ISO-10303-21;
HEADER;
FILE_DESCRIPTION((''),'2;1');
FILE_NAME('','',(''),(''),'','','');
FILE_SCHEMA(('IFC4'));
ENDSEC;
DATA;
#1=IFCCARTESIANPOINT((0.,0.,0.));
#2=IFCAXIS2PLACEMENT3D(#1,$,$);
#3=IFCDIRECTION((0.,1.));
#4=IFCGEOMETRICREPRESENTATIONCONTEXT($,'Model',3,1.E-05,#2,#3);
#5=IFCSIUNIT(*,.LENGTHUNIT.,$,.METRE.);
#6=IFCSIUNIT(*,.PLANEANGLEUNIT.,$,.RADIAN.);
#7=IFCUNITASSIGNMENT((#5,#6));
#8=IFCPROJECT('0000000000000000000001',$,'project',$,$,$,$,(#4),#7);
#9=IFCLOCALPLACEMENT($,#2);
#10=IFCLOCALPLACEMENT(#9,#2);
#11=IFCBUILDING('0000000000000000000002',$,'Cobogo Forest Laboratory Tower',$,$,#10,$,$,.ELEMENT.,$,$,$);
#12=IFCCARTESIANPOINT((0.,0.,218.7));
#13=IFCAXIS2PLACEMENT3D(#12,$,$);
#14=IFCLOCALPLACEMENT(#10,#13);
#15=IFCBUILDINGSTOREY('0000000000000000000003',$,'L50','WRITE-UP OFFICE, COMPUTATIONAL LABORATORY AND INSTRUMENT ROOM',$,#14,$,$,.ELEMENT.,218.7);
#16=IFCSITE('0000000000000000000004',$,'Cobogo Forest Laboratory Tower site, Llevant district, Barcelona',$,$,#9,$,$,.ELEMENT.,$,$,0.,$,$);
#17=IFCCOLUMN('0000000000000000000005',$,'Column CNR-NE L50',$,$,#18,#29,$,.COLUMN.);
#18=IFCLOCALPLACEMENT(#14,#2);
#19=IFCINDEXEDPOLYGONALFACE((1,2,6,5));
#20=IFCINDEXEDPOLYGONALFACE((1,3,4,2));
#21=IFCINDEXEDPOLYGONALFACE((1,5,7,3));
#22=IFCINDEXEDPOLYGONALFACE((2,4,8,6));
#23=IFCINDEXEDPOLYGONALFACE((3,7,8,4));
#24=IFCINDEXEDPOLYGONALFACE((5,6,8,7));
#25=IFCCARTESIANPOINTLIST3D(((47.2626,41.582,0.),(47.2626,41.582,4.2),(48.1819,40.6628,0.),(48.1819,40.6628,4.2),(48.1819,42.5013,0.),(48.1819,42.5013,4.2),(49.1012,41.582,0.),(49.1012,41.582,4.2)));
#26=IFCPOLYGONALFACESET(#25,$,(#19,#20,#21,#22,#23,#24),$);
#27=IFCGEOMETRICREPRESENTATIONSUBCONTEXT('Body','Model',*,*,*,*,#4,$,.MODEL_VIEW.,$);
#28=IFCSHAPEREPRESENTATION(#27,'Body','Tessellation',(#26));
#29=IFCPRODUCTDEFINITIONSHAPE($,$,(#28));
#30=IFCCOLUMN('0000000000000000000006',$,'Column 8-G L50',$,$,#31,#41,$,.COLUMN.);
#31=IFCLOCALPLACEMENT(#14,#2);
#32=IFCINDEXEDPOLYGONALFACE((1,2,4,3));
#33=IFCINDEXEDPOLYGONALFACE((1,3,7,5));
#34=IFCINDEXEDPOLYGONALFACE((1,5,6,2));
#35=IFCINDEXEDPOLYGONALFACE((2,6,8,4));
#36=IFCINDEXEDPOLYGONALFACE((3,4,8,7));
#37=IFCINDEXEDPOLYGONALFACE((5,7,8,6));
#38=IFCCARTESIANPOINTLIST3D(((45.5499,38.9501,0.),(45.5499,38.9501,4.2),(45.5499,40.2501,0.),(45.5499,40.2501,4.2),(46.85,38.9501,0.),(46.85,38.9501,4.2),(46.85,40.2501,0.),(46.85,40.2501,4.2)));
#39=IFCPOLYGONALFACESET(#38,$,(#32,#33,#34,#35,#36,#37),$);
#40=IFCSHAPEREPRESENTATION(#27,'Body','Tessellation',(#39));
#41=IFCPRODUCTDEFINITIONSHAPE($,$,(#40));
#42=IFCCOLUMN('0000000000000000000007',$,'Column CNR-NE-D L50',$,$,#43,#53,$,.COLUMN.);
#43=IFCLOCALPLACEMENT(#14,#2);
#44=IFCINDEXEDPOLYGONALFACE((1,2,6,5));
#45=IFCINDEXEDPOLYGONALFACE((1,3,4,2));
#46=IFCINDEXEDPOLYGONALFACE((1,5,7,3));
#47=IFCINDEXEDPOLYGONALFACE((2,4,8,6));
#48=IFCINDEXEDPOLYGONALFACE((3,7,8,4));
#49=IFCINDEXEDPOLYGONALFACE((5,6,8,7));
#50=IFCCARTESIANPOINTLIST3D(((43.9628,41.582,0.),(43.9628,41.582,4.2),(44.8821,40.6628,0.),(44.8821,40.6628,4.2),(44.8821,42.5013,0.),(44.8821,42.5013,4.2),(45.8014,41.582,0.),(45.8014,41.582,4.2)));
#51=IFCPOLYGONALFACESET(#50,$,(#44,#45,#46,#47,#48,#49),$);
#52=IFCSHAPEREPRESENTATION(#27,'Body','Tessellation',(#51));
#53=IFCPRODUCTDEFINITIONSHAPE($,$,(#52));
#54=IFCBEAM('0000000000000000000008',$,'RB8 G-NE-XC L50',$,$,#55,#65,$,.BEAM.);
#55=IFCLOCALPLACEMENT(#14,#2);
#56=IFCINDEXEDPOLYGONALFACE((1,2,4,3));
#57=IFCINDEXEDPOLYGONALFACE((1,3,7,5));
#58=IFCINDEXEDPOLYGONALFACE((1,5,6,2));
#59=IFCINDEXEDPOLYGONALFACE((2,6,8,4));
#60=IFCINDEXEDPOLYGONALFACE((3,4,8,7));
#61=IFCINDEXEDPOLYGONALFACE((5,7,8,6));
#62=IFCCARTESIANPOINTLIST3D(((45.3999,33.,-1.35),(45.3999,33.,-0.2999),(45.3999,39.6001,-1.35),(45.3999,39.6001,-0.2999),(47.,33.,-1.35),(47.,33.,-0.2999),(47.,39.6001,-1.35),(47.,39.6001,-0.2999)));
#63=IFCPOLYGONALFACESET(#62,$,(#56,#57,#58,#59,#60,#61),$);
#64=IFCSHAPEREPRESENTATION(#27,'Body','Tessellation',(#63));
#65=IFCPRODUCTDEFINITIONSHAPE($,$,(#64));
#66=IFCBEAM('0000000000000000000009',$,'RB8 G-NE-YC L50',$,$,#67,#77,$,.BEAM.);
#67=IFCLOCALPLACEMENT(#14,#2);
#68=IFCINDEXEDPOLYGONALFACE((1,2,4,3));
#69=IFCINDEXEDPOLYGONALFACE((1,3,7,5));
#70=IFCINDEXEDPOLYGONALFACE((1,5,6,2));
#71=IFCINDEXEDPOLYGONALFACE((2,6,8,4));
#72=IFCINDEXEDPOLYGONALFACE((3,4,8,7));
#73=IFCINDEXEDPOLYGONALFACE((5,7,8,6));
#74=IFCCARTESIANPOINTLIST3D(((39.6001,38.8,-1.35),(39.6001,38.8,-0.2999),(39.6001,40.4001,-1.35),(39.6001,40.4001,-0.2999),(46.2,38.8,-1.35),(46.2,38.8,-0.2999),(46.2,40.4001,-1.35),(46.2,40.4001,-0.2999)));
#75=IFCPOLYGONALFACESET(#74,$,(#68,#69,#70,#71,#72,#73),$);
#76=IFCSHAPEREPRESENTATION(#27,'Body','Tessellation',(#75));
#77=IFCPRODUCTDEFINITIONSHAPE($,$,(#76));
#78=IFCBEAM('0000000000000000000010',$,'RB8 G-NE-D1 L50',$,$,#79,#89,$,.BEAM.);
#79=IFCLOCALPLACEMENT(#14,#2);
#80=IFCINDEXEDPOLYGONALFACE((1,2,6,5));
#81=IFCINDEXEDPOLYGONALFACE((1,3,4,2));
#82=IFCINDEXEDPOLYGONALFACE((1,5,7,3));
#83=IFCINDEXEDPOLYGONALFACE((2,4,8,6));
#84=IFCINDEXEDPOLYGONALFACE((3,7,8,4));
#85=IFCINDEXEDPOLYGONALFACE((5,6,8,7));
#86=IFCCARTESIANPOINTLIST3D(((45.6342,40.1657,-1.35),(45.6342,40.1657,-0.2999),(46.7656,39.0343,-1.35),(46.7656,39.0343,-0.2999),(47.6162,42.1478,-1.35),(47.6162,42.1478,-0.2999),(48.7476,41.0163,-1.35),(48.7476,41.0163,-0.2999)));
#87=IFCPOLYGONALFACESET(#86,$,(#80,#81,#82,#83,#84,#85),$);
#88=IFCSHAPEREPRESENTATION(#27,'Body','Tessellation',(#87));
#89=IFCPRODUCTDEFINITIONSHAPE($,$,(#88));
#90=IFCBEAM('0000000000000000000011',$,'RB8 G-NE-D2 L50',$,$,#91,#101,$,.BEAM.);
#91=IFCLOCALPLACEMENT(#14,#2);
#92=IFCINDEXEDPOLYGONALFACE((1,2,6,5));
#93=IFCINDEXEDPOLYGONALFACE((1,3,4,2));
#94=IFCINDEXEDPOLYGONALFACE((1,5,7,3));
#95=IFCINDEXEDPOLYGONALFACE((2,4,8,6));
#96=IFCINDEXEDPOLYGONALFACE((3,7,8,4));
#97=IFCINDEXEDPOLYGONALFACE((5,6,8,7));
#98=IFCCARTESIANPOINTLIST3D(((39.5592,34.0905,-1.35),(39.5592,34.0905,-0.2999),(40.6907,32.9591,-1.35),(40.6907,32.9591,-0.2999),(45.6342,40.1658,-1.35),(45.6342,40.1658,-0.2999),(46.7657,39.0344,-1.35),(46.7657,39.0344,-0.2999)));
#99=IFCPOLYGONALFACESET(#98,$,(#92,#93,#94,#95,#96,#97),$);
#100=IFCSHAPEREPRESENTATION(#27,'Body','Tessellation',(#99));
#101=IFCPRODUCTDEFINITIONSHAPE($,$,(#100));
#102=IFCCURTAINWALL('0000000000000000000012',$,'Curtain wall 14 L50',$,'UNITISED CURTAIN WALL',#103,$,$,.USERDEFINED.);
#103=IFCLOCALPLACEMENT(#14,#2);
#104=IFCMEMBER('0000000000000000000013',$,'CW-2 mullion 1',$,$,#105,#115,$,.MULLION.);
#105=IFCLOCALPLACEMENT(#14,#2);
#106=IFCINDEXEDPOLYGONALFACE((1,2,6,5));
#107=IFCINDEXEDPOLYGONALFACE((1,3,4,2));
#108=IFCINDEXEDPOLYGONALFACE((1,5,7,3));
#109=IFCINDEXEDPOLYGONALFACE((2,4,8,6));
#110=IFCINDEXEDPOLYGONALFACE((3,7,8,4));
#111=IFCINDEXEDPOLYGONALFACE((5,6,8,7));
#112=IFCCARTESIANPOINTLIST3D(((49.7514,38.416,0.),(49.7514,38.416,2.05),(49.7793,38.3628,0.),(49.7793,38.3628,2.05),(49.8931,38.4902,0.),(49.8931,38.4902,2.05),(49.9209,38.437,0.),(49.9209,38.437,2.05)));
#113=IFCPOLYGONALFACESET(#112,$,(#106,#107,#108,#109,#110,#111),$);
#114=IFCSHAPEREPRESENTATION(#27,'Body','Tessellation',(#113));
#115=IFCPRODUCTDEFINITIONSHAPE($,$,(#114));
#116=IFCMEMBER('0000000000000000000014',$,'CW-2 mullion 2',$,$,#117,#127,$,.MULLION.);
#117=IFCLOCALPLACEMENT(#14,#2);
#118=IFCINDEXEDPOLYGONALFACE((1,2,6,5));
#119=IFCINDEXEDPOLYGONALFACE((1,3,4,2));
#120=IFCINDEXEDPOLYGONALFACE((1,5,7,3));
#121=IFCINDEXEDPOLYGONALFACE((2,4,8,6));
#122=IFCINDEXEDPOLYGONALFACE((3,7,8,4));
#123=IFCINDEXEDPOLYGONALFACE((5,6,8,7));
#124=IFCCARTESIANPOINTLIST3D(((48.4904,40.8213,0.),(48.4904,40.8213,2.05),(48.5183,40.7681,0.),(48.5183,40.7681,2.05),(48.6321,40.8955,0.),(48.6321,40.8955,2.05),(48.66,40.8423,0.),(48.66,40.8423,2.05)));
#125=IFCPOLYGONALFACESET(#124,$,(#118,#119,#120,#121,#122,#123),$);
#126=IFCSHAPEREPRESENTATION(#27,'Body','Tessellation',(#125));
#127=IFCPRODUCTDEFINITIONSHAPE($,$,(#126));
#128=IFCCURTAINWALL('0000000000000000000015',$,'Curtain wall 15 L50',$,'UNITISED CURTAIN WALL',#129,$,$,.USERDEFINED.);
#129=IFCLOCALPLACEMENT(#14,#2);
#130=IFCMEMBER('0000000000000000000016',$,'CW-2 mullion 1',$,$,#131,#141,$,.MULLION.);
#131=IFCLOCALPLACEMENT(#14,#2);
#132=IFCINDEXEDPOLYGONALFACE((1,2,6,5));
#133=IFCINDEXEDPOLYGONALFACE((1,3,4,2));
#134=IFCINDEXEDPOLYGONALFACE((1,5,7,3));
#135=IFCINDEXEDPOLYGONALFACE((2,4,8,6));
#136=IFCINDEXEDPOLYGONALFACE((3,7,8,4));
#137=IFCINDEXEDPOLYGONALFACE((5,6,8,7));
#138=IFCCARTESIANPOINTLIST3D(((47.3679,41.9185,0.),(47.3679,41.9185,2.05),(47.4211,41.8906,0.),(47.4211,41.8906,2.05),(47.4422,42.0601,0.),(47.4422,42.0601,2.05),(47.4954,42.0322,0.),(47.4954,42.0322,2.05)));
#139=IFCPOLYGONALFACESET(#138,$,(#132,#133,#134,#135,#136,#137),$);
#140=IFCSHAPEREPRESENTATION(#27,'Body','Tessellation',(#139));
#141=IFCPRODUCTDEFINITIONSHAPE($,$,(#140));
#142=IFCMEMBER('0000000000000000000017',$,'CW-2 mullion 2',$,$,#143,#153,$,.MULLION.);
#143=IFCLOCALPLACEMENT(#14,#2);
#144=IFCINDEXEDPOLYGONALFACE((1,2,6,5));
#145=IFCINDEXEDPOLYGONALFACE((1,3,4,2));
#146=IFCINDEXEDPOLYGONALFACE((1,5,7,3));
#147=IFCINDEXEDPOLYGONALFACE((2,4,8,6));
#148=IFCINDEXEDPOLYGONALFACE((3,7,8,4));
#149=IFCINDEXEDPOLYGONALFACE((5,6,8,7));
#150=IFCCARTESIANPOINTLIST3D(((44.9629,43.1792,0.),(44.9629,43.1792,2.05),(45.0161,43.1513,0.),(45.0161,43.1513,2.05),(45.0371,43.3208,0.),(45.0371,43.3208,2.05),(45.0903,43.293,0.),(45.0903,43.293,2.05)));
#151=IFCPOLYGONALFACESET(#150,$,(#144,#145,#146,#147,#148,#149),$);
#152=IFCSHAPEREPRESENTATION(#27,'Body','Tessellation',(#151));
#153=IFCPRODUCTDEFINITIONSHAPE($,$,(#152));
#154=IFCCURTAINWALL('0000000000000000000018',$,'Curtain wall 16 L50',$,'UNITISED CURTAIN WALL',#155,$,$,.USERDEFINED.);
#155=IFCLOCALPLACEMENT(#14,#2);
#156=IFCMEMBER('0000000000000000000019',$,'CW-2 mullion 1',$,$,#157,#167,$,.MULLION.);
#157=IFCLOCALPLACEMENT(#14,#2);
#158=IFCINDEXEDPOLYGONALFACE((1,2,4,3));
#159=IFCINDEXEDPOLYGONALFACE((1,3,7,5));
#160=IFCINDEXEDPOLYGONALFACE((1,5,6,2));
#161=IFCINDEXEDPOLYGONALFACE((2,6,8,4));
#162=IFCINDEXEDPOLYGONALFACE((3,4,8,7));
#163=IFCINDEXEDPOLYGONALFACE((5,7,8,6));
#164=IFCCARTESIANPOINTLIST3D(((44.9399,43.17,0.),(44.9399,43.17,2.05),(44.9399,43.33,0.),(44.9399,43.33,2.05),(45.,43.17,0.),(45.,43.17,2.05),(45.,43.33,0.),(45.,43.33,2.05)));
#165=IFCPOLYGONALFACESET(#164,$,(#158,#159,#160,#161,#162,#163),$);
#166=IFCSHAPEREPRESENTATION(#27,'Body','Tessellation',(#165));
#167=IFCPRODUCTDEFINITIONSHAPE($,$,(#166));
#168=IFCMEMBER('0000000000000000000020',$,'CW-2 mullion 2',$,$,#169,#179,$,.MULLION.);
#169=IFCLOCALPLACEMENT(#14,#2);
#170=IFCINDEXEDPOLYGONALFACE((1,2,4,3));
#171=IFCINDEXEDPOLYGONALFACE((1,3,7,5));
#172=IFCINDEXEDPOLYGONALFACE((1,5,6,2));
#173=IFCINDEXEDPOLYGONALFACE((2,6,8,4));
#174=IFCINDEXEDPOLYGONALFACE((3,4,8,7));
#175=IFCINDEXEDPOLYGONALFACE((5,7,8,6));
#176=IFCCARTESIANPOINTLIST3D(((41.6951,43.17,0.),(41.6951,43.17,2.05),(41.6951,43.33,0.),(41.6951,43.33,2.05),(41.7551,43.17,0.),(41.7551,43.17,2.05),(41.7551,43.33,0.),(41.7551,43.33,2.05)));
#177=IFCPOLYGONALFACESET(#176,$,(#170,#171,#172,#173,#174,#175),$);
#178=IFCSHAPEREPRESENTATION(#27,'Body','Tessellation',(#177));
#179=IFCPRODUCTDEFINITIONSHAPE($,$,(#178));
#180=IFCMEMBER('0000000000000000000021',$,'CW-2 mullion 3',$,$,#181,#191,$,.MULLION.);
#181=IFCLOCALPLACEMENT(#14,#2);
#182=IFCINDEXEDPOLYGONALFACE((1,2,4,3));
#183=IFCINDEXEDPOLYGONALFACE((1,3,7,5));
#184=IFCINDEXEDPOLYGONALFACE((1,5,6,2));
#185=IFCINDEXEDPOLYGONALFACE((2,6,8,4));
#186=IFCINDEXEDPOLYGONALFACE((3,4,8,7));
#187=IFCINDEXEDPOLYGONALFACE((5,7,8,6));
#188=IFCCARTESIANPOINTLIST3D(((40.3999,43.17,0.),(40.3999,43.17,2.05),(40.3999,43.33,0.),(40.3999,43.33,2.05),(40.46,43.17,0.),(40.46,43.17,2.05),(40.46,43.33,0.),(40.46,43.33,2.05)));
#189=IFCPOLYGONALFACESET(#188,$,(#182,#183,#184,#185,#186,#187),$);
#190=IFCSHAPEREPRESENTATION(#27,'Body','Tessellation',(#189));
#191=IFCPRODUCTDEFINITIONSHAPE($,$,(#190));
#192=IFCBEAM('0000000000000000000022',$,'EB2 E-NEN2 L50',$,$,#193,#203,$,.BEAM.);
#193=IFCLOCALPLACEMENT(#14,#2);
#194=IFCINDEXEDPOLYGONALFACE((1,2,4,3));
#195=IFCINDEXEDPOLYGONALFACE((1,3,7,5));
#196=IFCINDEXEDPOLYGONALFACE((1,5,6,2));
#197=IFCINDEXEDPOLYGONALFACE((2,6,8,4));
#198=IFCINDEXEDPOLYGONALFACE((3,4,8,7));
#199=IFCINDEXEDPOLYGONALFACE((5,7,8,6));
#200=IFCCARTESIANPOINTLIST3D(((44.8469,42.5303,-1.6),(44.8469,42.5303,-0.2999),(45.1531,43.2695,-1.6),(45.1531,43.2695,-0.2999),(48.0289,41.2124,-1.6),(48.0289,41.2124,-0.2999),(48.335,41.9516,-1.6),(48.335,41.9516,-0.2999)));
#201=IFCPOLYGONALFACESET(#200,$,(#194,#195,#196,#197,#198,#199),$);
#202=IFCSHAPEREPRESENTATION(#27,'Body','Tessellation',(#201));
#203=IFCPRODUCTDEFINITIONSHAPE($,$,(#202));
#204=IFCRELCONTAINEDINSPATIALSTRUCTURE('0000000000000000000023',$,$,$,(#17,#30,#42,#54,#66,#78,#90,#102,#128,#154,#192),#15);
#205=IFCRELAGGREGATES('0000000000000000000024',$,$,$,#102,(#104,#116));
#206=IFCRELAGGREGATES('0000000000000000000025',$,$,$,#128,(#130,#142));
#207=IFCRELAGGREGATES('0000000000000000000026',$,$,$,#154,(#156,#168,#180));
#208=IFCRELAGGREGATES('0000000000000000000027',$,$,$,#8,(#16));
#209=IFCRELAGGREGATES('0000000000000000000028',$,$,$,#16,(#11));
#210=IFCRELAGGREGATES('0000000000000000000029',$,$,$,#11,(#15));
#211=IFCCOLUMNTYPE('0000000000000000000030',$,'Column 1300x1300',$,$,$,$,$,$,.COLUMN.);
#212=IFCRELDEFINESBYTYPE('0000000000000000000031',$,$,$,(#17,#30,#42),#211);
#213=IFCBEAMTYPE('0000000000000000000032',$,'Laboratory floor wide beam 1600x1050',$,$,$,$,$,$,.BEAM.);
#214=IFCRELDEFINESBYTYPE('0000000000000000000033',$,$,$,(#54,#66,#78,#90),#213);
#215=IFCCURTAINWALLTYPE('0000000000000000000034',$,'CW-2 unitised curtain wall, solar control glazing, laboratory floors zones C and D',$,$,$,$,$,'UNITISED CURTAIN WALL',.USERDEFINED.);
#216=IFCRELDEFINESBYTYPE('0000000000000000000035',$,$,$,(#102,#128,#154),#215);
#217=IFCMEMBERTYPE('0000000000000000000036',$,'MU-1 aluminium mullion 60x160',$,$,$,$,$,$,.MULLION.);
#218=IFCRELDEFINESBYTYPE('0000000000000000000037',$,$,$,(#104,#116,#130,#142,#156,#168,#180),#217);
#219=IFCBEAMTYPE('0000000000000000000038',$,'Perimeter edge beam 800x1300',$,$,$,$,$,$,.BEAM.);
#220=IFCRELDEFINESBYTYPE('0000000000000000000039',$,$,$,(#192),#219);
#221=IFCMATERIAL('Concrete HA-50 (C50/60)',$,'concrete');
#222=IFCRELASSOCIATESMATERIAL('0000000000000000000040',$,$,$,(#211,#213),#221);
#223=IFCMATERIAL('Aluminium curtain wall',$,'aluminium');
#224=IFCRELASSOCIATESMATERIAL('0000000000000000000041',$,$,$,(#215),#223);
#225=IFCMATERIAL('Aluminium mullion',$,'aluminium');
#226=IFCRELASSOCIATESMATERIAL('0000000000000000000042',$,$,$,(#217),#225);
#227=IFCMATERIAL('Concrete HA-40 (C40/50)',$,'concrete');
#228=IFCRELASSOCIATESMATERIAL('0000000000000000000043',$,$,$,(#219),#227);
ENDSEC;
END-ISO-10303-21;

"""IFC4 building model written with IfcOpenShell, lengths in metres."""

from ifc_helpers import new_model, si_unit, direction, frame, origin, origin_2d, place, context, subcontext, project, spatial, rectangle, extrude, material, material_profile, profile_set, type_object, element, aggregate, save


model = new_model("IFC4")

# Units and contexts
model_context = context("Model", 3, precision=1e-05, world=origin(), true_north=direction((0.0, 1.0)))
body_context = subcontext(model_context, "Body", "Model", "MODEL_VIEW")
ifc_project = project(units=[si_unit("LENGTHUNIT", "METRE"), si_unit("PLANEANGLEUNIT", "RADIAN")], contexts=[model_context])

# Site, building, storey
site_placement = place(None, origin())
site = spatial("IfcSite", under=ifc_project, at=site_placement, Name="Cobogo Forest Laboratory Tower site, Llevant district, Barcelona", CompositionType="ELEMENT", RefElevation=0.0)
building_placement = place(site_placement, origin())
building = spatial("IfcBuilding", under=site, at=building_placement, Name="Cobogo Forest Laboratory Tower", CompositionType="ELEMENT")
storey_placement = place(building_placement, frame((0.0, 0.0, 218.7)))
storey = spatial("IfcBuildingStorey", under=building, at=storey_placement, Name="L50", Description="WRITE-UP OFFICE, COMPUTATIONAL LABORATORY AND INSTRUMENT ROOM", CompositionType="ELEMENT", Elevation=218.7)

# Columns
ifc_material_1 = material(Name="Concrete HA-50 (C50/60)", Category="concrete")
ifc_material_profile_1 = material_profile(ifc_material_1, rectangle(XDim=1.3, YDim=1.3, at=origin_2d()), Name="RC 1300x1300")
ifc_profile_set_1 = profile_set([ifc_material_profile_1], Name="Concrete HA-50 (C50/60)")
column_type = type_object("IfcColumnType", Name="Column 1300x1300", PredefinedType="COLUMN", material=ifc_profile_set_1)
for number, where, z_axis, x_axis, name in (
    (1, (48.1819, 41.582, 0.0), (0.0, 0.0, 1.0), (0.707107, 0.707107, 0.0), "Column CNR-NE L50"),
    (2, (46.2, 39.6001, 0.0), (0.0, 0.0, 1.0), (1.0, 0.0, 0.0), "Column 8-G L50"),
    (3, (44.8821, 41.582, 0.0), (0.0, 0.0, 1.0), (0.707107, 0.707107, 0.0), "Column CNR-NE-D L50"),
):
    element("IfcColumn", number, at=place(storey_placement, frame(where, z_axis=z_axis, x_axis=x_axis)), inside=storey, type_object=column_type, Name=name, PredefinedType="COLUMN", context=body_context, shape_type="SweptSolid", body=[
        extrude(rectangle(XDim=1.3, YDim=1.3, at=origin_2d()), origin(), (0.0, 0.0, 1.0), 4.2),
    ])

# Beams
ifc_material_profile_2 = material_profile(ifc_material_1, rectangle(XDim=1.6001, YDim=1.05, at=origin_2d()), Name="RC 1600x1050")
ifc_profile_set_2 = profile_set([ifc_material_profile_2], Name="Concrete HA-50 (C50/60)")
beam_type_1 = type_object("IfcBeamType", Name="Laboratory floor wide beam 1600x1050", PredefinedType="BEAM", material=ifc_profile_set_2)
beam_1_placement = place(storey_placement, frame((46.2, 39.6001, -0.825), z_axis=(0.0, -1.0, 0.0), x_axis=(1.0, 0.0, 0.0)))
element("IfcBeam", 4, at=beam_1_placement, inside=storey, type_object=beam_type_1, Name="RB8 G-NE-XC L50", PredefinedType="BEAM", context=body_context, shape_type="SweptSolid", body=[
    extrude(rectangle(XDim=1.6001, YDim=1.05, at=origin_2d()), origin(), (0.0, 0.0, 1.0), 6.6001),
])
beam_2_placement = place(storey_placement, frame((46.2, 39.6001, -0.825), z_axis=(-1.0, 0.0, 0.0), x_axis=(0.0, -1.0, 0.0)))
element("IfcBeam", 5, at=beam_2_placement, inside=storey, type_object=beam_type_1, Name="RB8 G-NE-YC L50", PredefinedType="BEAM", context=body_context, shape_type="SweptSolid", body=[
    extrude(rectangle(XDim=1.6001, YDim=1.05, at=origin_2d()), origin(), (0.0, 0.0, 1.0), 6.5999),
])
beam_3_placement = place(storey_placement, frame((48.1819, 41.582, -0.825), z_axis=(-0.707107, -0.707107, 0.0), x_axis=(0.707107, -0.707107, 0.0)))
element("IfcBeam", 6, at=beam_3_placement, inside=storey, type_object=beam_type_1, Name="RB8 G-NE-D1 L50", PredefinedType="BEAM", context=body_context, shape_type="SweptSolid", body=[
    extrude(rectangle(XDim=1.6001, YDim=1.05, at=origin_2d()), origin(), (0.0, 0.0, 1.0), 2.803),
])
beam_4_placement = place(storey_placement, frame((46.2, 39.6001, -0.825), z_axis=(-0.707093, -0.707121, 0.0), x_axis=(0.707121, -0.707093, 0.0)))
element("IfcBeam", 7, at=beam_4_placement, inside=storey, type_object=beam_type_1, Name="RB8 G-NE-D2 L50", PredefinedType="BEAM", context=body_context, shape_type="SweptSolid", body=[
    extrude(rectangle(XDim=1.6001, YDim=1.05, at=origin_2d()), origin(), (0.0, 0.0, 1.0), 8.5916),
])

# Curtain walls, members
ifc_material_2 = material(Name="Aluminium curtain wall", Category="aluminium")
curtain_wall_type = type_object("IfcCurtainWallType", Name="CW-2 unitised curtain wall, solar control glazing, laboratory floors zones C and D", ElementType="UNITISED CURTAIN WALL", PredefinedType="USERDEFINED", material=ifc_material_2)
curtain_wall_1_placement = place(storey_placement, origin())
curtain_wall_1 = element("IfcCurtainWall", 8, at=curtain_wall_1_placement, inside=storey, type_object=curtain_wall_type, Name="Curtain wall 14 L50", ObjectType="UNITISED CURTAIN WALL", PredefinedType="USERDEFINED")
ifc_material_3 = material(Name="Aluminium mullion", Category="aluminium")
ifc_material_profile_3 = material_profile(ifc_material_3, rectangle(XDim=0.0601, YDim=0.1599, at=origin_2d()), Name="AL 60x160")
ifc_profile_set_3 = profile_set([ifc_material_profile_3], Name="Aluminium mullion")
member_type_1 = type_object("IfcMemberType", Name="MU-1 aluminium mullion 60x160", PredefinedType="MULLION", material=ifc_profile_set_3)
member_1_placement = place(storey_placement, frame((49.8362, 38.4265, 0.0), z_axis=(0.0, 0.0, 1.0), x_axis=(-0.464284, 0.885687, 0.0)))
member_1 = element("IfcMember", 9, at=member_1_placement, type_object=member_type_1, Name="CW-2 mullion 1", PredefinedType="MULLION", context=body_context, shape_type="SweptSolid", body=[
    extrude(rectangle(XDim=0.0601, YDim=0.1599, at=origin_2d()), origin(), (0.0, 0.0, 1.0), 2.05),
])
member_2_placement = place(storey_placement, frame((48.5752, 40.8318, 0.0), z_axis=(0.0, 0.0, 1.0), x_axis=(-0.464284, 0.885687, 0.0)))
member_2 = element("IfcMember", 10, at=member_2_placement, type_object=member_type_1, Name="CW-2 mullion 2", PredefinedType="MULLION", context=body_context, shape_type="SweptSolid", body=[
    extrude(rectangle(XDim=0.0601, YDim=0.1599, at=origin_2d()), origin(), (0.0, 0.0, 1.0), 2.05),
])
curtain_wall_2_placement = place(storey_placement, origin())
curtain_wall_2 = element("IfcCurtainWall", 11, at=curtain_wall_2_placement, inside=storey, type_object=curtain_wall_type, Name="Curtain wall 15 L50", ObjectType="UNITISED CURTAIN WALL", PredefinedType="USERDEFINED")
member_3_placement = place(storey_placement, frame((47.4316, 41.9753, 0.0), z_axis=(0.0, 0.0, 1.0), x_axis=(-0.885687, 0.464284, 0.0)))
member_3 = element("IfcMember", 12, at=member_3_placement, type_object=member_type_1, Name="CW-2 mullion 1", PredefinedType="MULLION", context=body_context, shape_type="SweptSolid", body=[
    extrude(rectangle(XDim=0.0601, YDim=0.1599, at=origin_2d()), origin(), (0.0, 0.0, 1.0), 2.05),
])
member_4_placement = place(storey_placement, frame((45.0266, 43.2361, 0.0), z_axis=(0.0, 0.0, 1.0), x_axis=(-0.885687, 0.464284, 0.0)))
member_4 = element("IfcMember", 13, at=member_4_placement, type_object=member_type_1, Name="CW-2 mullion 2", PredefinedType="MULLION", context=body_context, shape_type="SweptSolid", body=[
    extrude(rectangle(XDim=0.0601, YDim=0.1599, at=origin_2d()), origin(), (0.0, 0.0, 1.0), 2.05),
])
curtain_wall_3_placement = place(storey_placement, origin())
curtain_wall_3 = element("IfcCurtainWall", 14, at=curtain_wall_3_placement, inside=storey, type_object=curtain_wall_type, Name="Curtain wall 16 L50", ObjectType="UNITISED CURTAIN WALL", PredefinedType="USERDEFINED")
member_5_placement = place(storey_placement, frame((44.97, 43.25, 0.0), z_axis=(0.0, 0.0, 1.0), x_axis=(-1.0, 0.0, 0.0)))
member_5 = element("IfcMember", 15, at=member_5_placement, type_object=member_type_1, Name="CW-2 mullion 1", PredefinedType="MULLION", context=body_context, shape_type="SweptSolid", body=[
    extrude(rectangle(XDim=0.0601, YDim=0.1599, at=origin_2d()), origin(), (0.0, 0.0, 1.0), 2.05),
])
member_6_placement = place(storey_placement, frame((41.7251, 43.25, 0.0), z_axis=(0.0, 0.0, 1.0), x_axis=(-1.0, 0.0, 0.0)))
member_6 = element("IfcMember", 16, at=member_6_placement, type_object=member_type_1, Name="CW-2 mullion 2", PredefinedType="MULLION", context=body_context, shape_type="SweptSolid", body=[
    extrude(rectangle(XDim=0.0601, YDim=0.1599, at=origin_2d()), origin(), (0.0, 0.0, 1.0), 2.05),
])
member_7_placement = place(storey_placement, frame((40.4299, 43.25, 0.0), z_axis=(0.0, 0.0, 1.0), x_axis=(-1.0, 0.0, 0.0)))
member_7 = element("IfcMember", 17, at=member_7_placement, type_object=member_type_1, Name="CW-2 mullion 3", PredefinedType="MULLION", context=body_context, shape_type="SweptSolid", body=[
    extrude(rectangle(XDim=0.0601, YDim=0.1599, at=origin_2d()), origin(), (0.0, 0.0, 1.0), 2.05),
])

# Beam
ifc_material_4 = material(Name="Concrete HA-40 (C40/50)", Category="concrete")
ifc_material_profile_4 = material_profile(ifc_material_4, rectangle(XDim=0.8, YDim=1.3, at=origin_2d()), Name="RC 800x1300")
ifc_profile_set_4 = profile_set([ifc_material_profile_4], Name="Concrete HA-40 (C40/50)")
beam_type_2 = type_object("IfcBeamType", Name="Perimeter edge beam 800x1300", PredefinedType="BEAM", material=ifc_profile_set_4)
beam_5_placement = place(storey_placement, frame((45.0, 42.8999, -0.95), z_axis=(0.923891, -0.382656, 0.0), x_axis=(0.382656, 0.923891, 0.0)))
element("IfcBeam", 18, at=beam_5_placement, inside=storey, type_object=beam_type_2, Name="EB2 E-NEN2 L50", PredefinedType="BEAM", context=body_context, shape_type="SweptSolid", body=[
    extrude(rectangle(XDim=0.8, YDim=1.3, at=origin_2d()), origin(), (0.0, 0.0, 1.0), 3.4441),
])

aggregate(curtain_wall_1, [member_1, member_2])
aggregate(curtain_wall_2, [member_3, member_4])
aggregate(curtain_wall_3, [member_5, member_6, member_7])

save(model, "model.ifc")
